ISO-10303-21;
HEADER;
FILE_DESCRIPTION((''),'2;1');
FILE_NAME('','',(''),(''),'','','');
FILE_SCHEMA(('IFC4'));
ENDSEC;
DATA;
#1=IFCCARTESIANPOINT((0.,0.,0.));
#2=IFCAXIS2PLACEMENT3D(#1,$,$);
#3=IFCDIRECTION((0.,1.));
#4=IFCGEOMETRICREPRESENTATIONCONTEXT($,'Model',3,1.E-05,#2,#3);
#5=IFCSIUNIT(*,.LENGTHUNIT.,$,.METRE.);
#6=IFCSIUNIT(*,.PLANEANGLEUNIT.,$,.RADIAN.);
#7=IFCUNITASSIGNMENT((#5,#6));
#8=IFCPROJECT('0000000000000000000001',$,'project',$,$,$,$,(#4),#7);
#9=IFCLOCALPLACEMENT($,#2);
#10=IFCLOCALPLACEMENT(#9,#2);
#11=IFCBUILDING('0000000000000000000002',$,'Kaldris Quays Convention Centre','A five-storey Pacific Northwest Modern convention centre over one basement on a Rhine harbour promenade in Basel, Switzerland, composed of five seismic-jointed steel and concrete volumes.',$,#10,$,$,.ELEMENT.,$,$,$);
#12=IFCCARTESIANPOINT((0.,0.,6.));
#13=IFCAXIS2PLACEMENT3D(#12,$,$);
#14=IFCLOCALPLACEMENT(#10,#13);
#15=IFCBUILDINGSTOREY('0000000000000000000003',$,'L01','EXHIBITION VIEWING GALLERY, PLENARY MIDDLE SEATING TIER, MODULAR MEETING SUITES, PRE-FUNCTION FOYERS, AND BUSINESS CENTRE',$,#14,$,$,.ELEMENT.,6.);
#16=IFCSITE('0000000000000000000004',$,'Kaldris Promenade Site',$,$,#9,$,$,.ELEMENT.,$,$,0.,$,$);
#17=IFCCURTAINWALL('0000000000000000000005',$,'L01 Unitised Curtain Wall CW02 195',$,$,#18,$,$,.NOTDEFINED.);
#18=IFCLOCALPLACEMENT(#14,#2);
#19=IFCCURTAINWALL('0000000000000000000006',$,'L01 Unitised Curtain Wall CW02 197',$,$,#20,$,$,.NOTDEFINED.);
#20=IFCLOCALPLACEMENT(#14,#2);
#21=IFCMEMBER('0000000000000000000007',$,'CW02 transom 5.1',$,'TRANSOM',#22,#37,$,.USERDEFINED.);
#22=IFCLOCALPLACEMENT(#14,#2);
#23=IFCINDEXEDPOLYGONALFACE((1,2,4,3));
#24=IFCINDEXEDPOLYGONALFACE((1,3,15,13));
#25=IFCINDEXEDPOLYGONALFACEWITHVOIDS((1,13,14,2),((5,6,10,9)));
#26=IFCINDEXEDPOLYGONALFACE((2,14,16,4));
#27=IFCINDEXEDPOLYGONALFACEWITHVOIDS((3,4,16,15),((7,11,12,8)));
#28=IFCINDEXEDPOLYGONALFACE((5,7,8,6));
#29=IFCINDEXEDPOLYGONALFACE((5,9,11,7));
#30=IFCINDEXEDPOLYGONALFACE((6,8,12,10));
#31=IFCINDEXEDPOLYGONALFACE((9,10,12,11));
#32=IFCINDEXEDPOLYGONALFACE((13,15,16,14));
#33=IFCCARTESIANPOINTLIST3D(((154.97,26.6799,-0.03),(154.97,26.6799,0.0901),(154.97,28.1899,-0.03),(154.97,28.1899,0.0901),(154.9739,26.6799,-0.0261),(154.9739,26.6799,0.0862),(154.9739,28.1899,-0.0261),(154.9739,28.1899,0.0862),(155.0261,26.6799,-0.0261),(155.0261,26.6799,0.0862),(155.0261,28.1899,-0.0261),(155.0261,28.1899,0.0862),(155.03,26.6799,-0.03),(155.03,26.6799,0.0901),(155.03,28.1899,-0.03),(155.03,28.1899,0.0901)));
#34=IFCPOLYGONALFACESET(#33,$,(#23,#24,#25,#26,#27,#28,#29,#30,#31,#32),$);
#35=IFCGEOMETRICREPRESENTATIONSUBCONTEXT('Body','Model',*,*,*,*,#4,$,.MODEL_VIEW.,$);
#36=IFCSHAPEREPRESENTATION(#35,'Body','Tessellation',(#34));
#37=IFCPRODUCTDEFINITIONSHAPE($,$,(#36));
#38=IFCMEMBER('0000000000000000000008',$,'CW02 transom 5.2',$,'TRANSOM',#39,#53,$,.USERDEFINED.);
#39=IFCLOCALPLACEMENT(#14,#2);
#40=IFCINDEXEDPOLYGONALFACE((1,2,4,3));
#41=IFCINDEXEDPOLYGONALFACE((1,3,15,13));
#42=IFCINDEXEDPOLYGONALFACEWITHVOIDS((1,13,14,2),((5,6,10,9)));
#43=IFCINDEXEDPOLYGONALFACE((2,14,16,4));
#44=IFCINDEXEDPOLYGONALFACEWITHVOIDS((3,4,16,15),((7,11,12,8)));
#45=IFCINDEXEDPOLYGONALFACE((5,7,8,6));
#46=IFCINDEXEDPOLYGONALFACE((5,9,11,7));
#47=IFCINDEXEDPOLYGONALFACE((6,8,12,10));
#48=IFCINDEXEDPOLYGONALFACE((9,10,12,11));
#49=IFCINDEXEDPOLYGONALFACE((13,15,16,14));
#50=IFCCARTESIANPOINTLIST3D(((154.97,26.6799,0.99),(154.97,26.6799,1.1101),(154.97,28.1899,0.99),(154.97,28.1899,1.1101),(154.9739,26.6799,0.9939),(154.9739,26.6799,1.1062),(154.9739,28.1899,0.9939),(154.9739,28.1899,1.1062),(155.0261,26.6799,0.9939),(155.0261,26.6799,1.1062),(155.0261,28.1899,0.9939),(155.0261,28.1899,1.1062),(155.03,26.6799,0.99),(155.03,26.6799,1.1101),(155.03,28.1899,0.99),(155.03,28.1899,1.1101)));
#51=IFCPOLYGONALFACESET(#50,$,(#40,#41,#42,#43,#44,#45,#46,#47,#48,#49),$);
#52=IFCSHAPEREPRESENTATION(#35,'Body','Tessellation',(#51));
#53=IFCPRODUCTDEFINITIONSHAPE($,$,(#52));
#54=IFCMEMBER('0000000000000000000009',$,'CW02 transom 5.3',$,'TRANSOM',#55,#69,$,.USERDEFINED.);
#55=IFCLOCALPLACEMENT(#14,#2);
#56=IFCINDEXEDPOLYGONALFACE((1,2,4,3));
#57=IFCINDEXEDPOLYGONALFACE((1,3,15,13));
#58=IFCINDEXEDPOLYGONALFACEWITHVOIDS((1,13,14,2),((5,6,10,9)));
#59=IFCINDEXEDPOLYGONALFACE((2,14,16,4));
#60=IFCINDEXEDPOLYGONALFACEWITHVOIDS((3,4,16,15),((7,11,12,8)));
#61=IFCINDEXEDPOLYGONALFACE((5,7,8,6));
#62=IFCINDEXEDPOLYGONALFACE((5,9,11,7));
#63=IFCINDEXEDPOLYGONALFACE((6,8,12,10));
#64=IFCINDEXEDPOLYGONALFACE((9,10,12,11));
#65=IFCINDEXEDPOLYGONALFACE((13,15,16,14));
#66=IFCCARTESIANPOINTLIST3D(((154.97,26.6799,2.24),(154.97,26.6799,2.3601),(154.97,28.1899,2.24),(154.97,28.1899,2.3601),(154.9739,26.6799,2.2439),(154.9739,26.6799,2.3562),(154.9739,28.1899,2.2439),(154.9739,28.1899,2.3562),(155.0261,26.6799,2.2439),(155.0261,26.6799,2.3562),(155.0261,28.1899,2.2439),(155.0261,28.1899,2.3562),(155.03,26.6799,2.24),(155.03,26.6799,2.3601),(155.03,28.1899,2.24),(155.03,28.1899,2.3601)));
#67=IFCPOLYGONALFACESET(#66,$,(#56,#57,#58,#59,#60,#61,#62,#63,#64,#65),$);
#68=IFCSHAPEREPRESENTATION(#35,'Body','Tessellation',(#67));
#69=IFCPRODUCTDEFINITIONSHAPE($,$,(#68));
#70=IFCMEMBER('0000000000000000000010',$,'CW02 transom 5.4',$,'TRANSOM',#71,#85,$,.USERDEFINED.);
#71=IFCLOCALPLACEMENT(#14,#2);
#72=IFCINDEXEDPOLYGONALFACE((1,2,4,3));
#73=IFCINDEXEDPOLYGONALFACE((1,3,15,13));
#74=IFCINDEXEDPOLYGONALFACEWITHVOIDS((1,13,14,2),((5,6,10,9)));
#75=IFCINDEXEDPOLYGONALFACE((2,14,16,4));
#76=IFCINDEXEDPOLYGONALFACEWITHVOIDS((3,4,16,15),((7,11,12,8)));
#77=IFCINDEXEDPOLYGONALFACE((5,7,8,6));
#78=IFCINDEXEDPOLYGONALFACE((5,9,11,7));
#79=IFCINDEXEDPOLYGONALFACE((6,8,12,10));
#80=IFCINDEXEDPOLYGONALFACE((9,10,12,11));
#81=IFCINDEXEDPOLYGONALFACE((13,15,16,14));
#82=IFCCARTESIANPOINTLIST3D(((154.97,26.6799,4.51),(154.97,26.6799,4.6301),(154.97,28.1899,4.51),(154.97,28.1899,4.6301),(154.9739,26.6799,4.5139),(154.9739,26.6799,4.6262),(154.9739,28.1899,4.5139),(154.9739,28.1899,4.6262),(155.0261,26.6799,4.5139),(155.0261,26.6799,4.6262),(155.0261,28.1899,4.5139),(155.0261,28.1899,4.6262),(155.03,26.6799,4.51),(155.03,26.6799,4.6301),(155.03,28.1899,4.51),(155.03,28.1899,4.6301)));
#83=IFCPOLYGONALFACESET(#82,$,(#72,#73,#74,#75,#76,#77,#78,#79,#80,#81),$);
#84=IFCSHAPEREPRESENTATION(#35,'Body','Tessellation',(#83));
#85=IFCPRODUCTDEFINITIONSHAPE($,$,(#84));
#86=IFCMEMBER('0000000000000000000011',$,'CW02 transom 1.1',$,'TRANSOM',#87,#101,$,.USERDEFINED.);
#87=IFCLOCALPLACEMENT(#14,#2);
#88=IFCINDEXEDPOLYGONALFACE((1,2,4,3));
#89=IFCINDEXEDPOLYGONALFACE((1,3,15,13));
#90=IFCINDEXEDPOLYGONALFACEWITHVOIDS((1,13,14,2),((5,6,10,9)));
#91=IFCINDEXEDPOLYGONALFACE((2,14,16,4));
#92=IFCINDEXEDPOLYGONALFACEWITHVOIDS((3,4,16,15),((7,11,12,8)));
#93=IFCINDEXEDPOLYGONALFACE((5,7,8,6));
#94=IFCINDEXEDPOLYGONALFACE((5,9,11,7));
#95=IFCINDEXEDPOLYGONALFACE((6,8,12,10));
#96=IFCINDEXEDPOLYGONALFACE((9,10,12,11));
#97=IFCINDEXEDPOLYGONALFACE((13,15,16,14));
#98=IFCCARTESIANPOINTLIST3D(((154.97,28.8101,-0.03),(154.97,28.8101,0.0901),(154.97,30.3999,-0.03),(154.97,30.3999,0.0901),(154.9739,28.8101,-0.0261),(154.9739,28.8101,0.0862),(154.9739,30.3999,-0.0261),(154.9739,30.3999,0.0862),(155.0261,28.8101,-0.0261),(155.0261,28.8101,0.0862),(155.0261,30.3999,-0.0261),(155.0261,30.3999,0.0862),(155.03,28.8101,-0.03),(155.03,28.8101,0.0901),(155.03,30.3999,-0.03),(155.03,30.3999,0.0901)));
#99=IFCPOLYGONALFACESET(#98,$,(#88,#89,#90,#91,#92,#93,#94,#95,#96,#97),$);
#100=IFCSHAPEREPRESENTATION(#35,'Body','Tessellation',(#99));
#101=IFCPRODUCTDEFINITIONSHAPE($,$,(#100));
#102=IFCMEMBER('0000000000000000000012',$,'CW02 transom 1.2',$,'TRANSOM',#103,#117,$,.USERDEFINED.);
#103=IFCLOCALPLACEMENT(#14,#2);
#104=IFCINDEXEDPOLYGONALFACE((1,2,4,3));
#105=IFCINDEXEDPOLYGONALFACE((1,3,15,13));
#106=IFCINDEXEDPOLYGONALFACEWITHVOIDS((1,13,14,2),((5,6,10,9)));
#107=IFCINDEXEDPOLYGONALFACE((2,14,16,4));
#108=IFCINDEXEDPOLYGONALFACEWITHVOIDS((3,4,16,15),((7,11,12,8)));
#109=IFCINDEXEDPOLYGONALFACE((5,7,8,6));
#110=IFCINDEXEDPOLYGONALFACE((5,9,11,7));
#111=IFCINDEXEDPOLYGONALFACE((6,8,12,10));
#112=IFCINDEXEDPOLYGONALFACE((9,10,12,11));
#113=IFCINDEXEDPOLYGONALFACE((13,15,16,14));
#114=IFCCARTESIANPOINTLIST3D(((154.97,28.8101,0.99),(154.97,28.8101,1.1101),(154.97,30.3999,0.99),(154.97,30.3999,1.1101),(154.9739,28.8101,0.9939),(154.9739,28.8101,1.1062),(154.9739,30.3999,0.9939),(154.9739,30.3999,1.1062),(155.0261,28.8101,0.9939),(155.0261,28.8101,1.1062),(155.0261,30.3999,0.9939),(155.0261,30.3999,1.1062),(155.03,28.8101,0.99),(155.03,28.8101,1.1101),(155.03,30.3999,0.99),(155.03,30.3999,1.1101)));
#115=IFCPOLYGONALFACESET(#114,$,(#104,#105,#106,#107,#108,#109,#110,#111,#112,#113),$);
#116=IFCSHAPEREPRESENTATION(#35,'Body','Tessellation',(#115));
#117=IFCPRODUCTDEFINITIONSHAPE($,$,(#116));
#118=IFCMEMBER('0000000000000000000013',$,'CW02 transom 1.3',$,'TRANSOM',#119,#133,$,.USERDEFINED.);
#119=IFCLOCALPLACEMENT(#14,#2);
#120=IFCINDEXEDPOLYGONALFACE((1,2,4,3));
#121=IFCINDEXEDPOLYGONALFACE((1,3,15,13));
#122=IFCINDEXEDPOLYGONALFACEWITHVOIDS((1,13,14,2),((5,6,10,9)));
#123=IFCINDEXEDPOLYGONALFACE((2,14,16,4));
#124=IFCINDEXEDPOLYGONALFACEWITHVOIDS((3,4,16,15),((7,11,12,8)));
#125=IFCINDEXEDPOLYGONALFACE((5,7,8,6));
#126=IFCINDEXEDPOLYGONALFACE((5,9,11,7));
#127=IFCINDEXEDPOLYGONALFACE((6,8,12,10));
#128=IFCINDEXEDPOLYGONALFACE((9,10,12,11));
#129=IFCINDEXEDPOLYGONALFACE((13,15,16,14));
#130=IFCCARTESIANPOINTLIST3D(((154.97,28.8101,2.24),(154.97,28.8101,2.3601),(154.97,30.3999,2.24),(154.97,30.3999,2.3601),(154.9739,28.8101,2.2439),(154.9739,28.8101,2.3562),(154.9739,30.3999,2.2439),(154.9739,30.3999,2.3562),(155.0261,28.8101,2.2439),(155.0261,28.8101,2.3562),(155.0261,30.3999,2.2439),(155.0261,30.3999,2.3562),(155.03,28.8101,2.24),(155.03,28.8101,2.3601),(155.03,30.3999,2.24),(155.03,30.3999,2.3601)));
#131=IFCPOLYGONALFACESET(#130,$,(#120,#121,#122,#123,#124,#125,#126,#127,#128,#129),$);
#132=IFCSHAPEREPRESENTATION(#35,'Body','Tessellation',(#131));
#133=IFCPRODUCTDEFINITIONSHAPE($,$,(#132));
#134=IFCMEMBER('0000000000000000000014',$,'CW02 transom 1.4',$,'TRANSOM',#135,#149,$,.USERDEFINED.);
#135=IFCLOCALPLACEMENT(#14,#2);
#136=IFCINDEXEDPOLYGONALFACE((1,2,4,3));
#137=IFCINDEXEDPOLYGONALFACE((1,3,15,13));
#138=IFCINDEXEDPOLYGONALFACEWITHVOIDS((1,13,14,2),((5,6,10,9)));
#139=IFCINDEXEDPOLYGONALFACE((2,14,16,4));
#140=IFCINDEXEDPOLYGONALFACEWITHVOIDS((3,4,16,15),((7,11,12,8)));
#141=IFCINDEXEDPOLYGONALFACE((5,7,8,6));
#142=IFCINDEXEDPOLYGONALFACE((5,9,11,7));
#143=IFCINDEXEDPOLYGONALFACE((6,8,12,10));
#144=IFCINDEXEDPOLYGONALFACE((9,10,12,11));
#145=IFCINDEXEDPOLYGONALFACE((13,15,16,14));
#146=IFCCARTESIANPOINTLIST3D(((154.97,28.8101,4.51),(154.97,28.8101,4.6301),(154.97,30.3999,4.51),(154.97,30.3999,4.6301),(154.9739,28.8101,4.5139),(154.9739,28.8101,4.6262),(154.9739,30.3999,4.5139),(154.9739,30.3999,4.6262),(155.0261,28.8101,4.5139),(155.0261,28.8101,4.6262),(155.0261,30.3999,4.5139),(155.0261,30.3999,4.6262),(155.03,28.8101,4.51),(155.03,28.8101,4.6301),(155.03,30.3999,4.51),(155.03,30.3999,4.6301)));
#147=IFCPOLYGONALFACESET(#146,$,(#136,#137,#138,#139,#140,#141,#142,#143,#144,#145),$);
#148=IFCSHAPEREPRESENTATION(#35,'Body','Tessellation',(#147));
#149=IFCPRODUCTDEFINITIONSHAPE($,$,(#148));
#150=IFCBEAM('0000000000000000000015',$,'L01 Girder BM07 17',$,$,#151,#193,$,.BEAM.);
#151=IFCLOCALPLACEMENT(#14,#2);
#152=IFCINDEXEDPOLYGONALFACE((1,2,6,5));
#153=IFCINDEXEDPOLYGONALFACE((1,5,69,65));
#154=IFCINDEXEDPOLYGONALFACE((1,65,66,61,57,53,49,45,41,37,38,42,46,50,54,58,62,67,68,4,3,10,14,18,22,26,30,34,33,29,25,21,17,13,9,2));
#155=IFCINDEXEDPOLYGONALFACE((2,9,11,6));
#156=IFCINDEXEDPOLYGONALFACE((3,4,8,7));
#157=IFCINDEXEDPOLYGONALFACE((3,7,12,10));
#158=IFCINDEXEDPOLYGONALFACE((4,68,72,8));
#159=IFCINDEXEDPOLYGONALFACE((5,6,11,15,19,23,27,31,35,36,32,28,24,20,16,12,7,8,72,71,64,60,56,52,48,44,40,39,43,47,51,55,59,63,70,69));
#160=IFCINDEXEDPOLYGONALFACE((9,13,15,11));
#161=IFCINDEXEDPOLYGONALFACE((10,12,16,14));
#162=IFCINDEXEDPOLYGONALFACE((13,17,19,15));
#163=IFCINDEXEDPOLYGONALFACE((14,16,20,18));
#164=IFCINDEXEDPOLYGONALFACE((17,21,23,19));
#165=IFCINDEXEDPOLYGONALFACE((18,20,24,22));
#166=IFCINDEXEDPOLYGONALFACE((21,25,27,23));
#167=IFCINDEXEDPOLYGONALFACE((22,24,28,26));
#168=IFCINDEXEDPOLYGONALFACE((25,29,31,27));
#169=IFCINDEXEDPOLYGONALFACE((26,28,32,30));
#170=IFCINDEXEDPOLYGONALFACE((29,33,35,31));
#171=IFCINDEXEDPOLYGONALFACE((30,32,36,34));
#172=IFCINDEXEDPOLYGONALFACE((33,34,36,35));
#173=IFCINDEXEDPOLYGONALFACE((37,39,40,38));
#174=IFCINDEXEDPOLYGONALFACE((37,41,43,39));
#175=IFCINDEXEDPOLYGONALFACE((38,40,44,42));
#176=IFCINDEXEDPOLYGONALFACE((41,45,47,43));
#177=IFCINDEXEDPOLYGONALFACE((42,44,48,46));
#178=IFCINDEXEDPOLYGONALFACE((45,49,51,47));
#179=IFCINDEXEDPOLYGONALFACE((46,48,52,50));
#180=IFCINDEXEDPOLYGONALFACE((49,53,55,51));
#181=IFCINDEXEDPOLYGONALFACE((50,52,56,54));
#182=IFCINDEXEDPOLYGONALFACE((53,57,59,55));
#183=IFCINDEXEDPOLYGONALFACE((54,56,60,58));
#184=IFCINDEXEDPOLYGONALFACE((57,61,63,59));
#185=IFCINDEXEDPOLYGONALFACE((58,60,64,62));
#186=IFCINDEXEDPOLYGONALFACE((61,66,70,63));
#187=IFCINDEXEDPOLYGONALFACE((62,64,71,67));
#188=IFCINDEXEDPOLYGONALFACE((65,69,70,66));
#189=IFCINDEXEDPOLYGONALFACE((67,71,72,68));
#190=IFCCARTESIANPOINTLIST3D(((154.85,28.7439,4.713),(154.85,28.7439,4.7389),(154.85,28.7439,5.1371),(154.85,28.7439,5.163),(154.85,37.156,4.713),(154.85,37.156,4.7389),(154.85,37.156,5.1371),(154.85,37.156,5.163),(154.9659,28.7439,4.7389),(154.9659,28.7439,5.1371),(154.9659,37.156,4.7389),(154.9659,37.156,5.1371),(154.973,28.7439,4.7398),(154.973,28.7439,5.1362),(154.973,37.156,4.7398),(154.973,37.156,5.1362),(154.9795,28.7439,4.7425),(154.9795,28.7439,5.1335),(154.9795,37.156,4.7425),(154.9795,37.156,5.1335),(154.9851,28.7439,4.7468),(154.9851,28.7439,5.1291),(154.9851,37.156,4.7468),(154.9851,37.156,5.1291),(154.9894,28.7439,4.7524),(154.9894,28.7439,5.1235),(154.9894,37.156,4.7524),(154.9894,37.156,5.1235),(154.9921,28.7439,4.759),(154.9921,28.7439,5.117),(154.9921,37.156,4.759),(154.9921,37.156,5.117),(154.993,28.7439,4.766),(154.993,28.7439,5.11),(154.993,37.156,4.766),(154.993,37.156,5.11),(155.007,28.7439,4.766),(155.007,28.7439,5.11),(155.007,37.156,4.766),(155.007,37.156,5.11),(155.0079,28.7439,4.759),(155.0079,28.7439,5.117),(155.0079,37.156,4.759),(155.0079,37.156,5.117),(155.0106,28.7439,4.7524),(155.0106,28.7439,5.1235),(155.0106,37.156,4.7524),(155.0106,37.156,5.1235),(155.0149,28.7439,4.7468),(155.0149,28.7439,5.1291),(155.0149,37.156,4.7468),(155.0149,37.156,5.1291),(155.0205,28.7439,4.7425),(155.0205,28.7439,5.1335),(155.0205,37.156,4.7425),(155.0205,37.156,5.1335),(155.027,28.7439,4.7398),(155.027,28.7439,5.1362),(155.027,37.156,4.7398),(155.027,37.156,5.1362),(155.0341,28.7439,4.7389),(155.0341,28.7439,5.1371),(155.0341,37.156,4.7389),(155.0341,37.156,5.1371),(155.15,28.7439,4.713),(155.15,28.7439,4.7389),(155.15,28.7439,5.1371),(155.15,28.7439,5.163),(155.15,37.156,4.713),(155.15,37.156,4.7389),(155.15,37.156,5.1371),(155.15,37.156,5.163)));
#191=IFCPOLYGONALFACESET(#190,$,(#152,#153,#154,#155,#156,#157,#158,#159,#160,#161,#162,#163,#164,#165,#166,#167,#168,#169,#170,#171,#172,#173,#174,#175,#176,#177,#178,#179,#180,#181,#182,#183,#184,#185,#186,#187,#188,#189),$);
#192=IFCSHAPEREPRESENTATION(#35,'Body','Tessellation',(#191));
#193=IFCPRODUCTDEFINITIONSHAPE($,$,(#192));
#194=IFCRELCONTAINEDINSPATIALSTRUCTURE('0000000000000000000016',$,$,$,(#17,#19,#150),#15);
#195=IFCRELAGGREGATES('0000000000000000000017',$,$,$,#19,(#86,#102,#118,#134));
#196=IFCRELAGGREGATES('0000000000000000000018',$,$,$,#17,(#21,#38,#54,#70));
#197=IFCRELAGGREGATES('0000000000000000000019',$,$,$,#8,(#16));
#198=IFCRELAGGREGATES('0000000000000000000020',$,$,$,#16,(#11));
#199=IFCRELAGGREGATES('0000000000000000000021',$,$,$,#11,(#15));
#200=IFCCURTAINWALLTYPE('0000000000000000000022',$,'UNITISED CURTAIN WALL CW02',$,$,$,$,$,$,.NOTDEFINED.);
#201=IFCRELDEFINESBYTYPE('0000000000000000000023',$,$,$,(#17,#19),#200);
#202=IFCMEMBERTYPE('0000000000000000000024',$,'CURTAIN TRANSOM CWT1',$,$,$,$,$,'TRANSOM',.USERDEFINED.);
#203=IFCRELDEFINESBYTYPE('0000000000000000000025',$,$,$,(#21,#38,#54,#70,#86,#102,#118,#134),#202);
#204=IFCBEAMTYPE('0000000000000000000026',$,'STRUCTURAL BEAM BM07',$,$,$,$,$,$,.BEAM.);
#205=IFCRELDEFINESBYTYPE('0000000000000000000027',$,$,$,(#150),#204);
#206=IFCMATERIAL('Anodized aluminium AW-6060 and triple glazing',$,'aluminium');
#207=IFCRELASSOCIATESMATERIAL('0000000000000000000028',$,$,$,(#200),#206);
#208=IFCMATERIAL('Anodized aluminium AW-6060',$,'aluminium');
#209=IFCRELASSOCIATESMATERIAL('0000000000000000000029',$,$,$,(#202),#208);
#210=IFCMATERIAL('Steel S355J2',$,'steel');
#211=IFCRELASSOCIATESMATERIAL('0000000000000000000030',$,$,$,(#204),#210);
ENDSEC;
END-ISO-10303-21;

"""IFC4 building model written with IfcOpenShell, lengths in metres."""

from ifc_helpers import new_model, si_unit, direction, frame, origin, origin_2d, place, context, subcontext, project, spatial, hollow_rectangle, i_section, extrude, material, material_profile, profile_set, type_object, element, aggregate, save


model = new_model("IFC4")

# Units and contexts
model_context = context("Model", 3, precision=1e-05, world=origin(), true_north=direction((0.0, 1.0)))
body_context = subcontext(model_context, "Body", "Model", "MODEL_VIEW")
ifc_project = project(units=[si_unit("LENGTHUNIT", "METRE"), si_unit("PLANEANGLEUNIT", "RADIAN")], contexts=[model_context])

# Site, building, storey
site_placement = place(None, origin())
site = spatial("IfcSite", under=ifc_project, at=site_placement, Name="Kaldris Promenade Site", CompositionType="ELEMENT", RefElevation=0.0)
building_placement = place(site_placement, origin())
building = spatial("IfcBuilding", under=site, at=building_placement, Name="Kaldris Quays Convention Centre", Description="A five-storey Pacific Northwest Modern convention centre over one basement on a Rhine harbour promenade in Basel, Switzerland, composed of five seismic-jointed steel and concrete volumes.", CompositionType="ELEMENT")
storey_placement = place(building_placement, frame((0.0, 0.0, 6.0)))
storey = spatial("IfcBuildingStorey", under=building, at=storey_placement, Name="L01", Description="EXHIBITION VIEWING GALLERY, PLENARY MIDDLE SEATING TIER, MODULAR MEETING SUITES, PRE-FUNCTION FOYERS, AND BUSINESS CENTRE", CompositionType="ELEMENT", Elevation=6.0)

# Shared definitions
ifc_material_1 = material(Name="Steel S355J2", Category="steel")

# Curtain wall
ifc_material_2 = material(Name="Anodized aluminium AW-6060 and triple glazing", Category="aluminium")
curtain_wall_type = type_object("IfcCurtainWallType", Name="UNITISED CURTAIN WALL CW02", PredefinedType="NOTDEFINED", material=ifc_material_2)
curtain_wall_1_placement = place(storey_placement, origin())
curtain_wall_1 = element("IfcCurtainWall", 1, at=curtain_wall_1_placement, inside=storey, type_object=curtain_wall_type, Name="L01 Unitised Curtain Wall CW02 195", PredefinedType="NOTDEFINED")
ifc_material_3 = material(Name="Anodized aluminium AW-6060", Category="aluminium")

# Curtain wall
curtain_wall_2_placement = place(storey_placement, origin())
curtain_wall_2 = element("IfcCurtainWall", 2, at=curtain_wall_2_placement, inside=storey, type_object=curtain_wall_type, Name="L01 Unitised Curtain Wall CW02 197", PredefinedType="NOTDEFINED")

# Members
ifc_material_profile_1 = material_profile(ifc_material_3, hollow_rectangle(XDim=0.0601, YDim=0.1201, WallThickness=0.0039, at=origin_2d()), Name="RHS 120x60x4")
ifc_profile_set_1 = profile_set([ifc_material_profile_1], Name="Anodized aluminium AW-6060")
member_type_1 = type_object("IfcMemberType", Name="CURTAIN TRANSOM CWT1", ElementType="TRANSOM", PredefinedType="USERDEFINED", material=ifc_profile_set_1)
member_1_placement = place(storey_placement, frame((155.0, 26.6799, 0.03), z_axis=(0.0, 1.0, 0.0), x_axis=(-1.0, 0.0, 0.0)))
member_1 = element("IfcMember", 3, at=member_1_placement, type_object=member_type_1, Name="CW02 transom 5.1", ObjectType="TRANSOM", PredefinedType="USERDEFINED", context=body_context, shape_type="SweptSolid", body=[
    extrude(hollow_rectangle(XDim=0.0601, YDim=0.1201, WallThickness=0.0039, at=origin_2d()), origin(), (0.0, 0.0, 1.0), 1.51),
])
member_2_placement = place(storey_placement, frame((155.0, 26.6799, 1.05), z_axis=(0.0, 1.0, 0.0), x_axis=(-1.0, 0.0, 0.0)))
member_2 = element("IfcMember", 4, at=member_2_placement, type_object=member_type_1, Name="CW02 transom 5.2", ObjectType="TRANSOM", PredefinedType="USERDEFINED", context=body_context, shape_type="SweptSolid", body=[
    extrude(hollow_rectangle(XDim=0.0601, YDim=0.1201, WallThickness=0.0039, at=origin_2d()), origin(), (0.0, 0.0, 1.0), 1.51),
])
member_3_placement = place(storey_placement, frame((155.0, 26.6799, 2.3), z_axis=(0.0, 1.0, 0.0), x_axis=(-1.0, 0.0, 0.0)))
member_3 = element("IfcMember", 5, at=member_3_placement, type_object=member_type_1, Name="CW02 transom 5.3", ObjectType="TRANSOM", PredefinedType="USERDEFINED", context=body_context, shape_type="SweptSolid", body=[
    extrude(hollow_rectangle(XDim=0.0601, YDim=0.1201, WallThickness=0.0039, at=origin_2d()), origin(), (0.0, 0.0, 1.0), 1.51),
])
member_4_placement = place(storey_placement, frame((155.0, 26.6799, 4.5701), z_axis=(0.0, 1.0, 0.0), x_axis=(-1.0, 0.0, 0.0)))
member_4 = element("IfcMember", 6, at=member_4_placement, type_object=member_type_1, Name="CW02 transom 5.4", ObjectType="TRANSOM", PredefinedType="USERDEFINED", context=body_context, shape_type="SweptSolid", body=[
    extrude(hollow_rectangle(XDim=0.0601, YDim=0.1201, WallThickness=0.0039, at=origin_2d()), origin(), (0.0, 0.0, 1.0), 1.51),
])
member_5_placement = place(storey_placement, frame((155.0, 28.8101, 0.03), z_axis=(0.0, 1.0, 0.0), x_axis=(-1.0, 0.0, 0.0)))
member_5 = element("IfcMember", 7, at=member_5_placement, type_object=member_type_1, Name="CW02 transom 1.1", ObjectType="TRANSOM", PredefinedType="USERDEFINED", context=body_context, shape_type="SweptSolid", body=[
    extrude(hollow_rectangle(XDim=0.0601, YDim=0.1201, WallThickness=0.0039, at=origin_2d()), origin(), (0.0, 0.0, 1.0), 1.5898),
])
member_6_placement = place(storey_placement, frame((155.0, 28.8101, 1.05), z_axis=(0.0, 1.0, 0.0), x_axis=(-1.0, 0.0, 0.0)))
member_6 = element("IfcMember", 8, at=member_6_placement, type_object=member_type_1, Name="CW02 transom 1.2", ObjectType="TRANSOM", PredefinedType="USERDEFINED", context=body_context, shape_type="SweptSolid", body=[
    extrude(hollow_rectangle(XDim=0.0601, YDim=0.1201, WallThickness=0.0039, at=origin_2d()), origin(), (0.0, 0.0, 1.0), 1.5898),
])
member_7_placement = place(storey_placement, frame((155.0, 28.8101, 2.3), z_axis=(0.0, 1.0, 0.0), x_axis=(-1.0, 0.0, 0.0)))
member_7 = element("IfcMember", 9, at=member_7_placement, type_object=member_type_1, Name="CW02 transom 1.3", ObjectType="TRANSOM", PredefinedType="USERDEFINED", context=body_context, shape_type="SweptSolid", body=[
    extrude(hollow_rectangle(XDim=0.0601, YDim=0.1201, WallThickness=0.0039, at=origin_2d()), origin(), (0.0, 0.0, 1.0), 1.5898),
])
member_8_placement = place(storey_placement, frame((155.0, 28.8101, 4.5701), z_axis=(0.0, 1.0, 0.0), x_axis=(-1.0, 0.0, 0.0)))
member_8 = element("IfcMember", 10, at=member_8_placement, type_object=member_type_1, Name="CW02 transom 1.4", ObjectType="TRANSOM", PredefinedType="USERDEFINED", context=body_context, shape_type="SweptSolid", body=[
    extrude(hollow_rectangle(XDim=0.0601, YDim=0.1201, WallThickness=0.0039, at=origin_2d()), origin(), (0.0, 0.0, 1.0), 1.5898),
])
aggregate(curtain_wall_2, [member_5, member_6, member_7, member_8])

# Beam
ifc_material_profile_2 = material_profile(ifc_material_1, i_section(OverallWidth=0.3, OverallDepth=0.45, WebThickness=0.0139, FlangeThickness=0.0259, FilletRadius=0.0271, at=origin_2d()), Name="HEB 450")
ifc_profile_set_2 = profile_set([ifc_material_profile_2], Name="Steel S355J2")
beam_type = type_object("IfcBeamType", Name="STRUCTURAL BEAM BM07", PredefinedType="BEAM", material=ifc_profile_set_2)
beam_placement = place(storey_placement, frame((155.0, 28.7439, 4.938), z_axis=(0.0, 1.0, 0.0), x_axis=(-1.0, 0.0, 0.0)))
element("IfcBeam", 11, at=beam_placement, inside=storey, type_object=beam_type, Name="L01 Girder BM07 17", PredefinedType="BEAM", context=body_context, shape_type="SweptSolid", body=[
    extrude(i_section(OverallWidth=0.3, OverallDepth=0.45, WebThickness=0.0139, FlangeThickness=0.0259, FilletRadius=0.0271, at=origin_2d()), origin(), (0.0, 0.0, 1.0), 8.4121),
])

aggregate(curtain_wall_1, [member_1, member_2, member_3, member_4])

save(model, "model.ifc")
